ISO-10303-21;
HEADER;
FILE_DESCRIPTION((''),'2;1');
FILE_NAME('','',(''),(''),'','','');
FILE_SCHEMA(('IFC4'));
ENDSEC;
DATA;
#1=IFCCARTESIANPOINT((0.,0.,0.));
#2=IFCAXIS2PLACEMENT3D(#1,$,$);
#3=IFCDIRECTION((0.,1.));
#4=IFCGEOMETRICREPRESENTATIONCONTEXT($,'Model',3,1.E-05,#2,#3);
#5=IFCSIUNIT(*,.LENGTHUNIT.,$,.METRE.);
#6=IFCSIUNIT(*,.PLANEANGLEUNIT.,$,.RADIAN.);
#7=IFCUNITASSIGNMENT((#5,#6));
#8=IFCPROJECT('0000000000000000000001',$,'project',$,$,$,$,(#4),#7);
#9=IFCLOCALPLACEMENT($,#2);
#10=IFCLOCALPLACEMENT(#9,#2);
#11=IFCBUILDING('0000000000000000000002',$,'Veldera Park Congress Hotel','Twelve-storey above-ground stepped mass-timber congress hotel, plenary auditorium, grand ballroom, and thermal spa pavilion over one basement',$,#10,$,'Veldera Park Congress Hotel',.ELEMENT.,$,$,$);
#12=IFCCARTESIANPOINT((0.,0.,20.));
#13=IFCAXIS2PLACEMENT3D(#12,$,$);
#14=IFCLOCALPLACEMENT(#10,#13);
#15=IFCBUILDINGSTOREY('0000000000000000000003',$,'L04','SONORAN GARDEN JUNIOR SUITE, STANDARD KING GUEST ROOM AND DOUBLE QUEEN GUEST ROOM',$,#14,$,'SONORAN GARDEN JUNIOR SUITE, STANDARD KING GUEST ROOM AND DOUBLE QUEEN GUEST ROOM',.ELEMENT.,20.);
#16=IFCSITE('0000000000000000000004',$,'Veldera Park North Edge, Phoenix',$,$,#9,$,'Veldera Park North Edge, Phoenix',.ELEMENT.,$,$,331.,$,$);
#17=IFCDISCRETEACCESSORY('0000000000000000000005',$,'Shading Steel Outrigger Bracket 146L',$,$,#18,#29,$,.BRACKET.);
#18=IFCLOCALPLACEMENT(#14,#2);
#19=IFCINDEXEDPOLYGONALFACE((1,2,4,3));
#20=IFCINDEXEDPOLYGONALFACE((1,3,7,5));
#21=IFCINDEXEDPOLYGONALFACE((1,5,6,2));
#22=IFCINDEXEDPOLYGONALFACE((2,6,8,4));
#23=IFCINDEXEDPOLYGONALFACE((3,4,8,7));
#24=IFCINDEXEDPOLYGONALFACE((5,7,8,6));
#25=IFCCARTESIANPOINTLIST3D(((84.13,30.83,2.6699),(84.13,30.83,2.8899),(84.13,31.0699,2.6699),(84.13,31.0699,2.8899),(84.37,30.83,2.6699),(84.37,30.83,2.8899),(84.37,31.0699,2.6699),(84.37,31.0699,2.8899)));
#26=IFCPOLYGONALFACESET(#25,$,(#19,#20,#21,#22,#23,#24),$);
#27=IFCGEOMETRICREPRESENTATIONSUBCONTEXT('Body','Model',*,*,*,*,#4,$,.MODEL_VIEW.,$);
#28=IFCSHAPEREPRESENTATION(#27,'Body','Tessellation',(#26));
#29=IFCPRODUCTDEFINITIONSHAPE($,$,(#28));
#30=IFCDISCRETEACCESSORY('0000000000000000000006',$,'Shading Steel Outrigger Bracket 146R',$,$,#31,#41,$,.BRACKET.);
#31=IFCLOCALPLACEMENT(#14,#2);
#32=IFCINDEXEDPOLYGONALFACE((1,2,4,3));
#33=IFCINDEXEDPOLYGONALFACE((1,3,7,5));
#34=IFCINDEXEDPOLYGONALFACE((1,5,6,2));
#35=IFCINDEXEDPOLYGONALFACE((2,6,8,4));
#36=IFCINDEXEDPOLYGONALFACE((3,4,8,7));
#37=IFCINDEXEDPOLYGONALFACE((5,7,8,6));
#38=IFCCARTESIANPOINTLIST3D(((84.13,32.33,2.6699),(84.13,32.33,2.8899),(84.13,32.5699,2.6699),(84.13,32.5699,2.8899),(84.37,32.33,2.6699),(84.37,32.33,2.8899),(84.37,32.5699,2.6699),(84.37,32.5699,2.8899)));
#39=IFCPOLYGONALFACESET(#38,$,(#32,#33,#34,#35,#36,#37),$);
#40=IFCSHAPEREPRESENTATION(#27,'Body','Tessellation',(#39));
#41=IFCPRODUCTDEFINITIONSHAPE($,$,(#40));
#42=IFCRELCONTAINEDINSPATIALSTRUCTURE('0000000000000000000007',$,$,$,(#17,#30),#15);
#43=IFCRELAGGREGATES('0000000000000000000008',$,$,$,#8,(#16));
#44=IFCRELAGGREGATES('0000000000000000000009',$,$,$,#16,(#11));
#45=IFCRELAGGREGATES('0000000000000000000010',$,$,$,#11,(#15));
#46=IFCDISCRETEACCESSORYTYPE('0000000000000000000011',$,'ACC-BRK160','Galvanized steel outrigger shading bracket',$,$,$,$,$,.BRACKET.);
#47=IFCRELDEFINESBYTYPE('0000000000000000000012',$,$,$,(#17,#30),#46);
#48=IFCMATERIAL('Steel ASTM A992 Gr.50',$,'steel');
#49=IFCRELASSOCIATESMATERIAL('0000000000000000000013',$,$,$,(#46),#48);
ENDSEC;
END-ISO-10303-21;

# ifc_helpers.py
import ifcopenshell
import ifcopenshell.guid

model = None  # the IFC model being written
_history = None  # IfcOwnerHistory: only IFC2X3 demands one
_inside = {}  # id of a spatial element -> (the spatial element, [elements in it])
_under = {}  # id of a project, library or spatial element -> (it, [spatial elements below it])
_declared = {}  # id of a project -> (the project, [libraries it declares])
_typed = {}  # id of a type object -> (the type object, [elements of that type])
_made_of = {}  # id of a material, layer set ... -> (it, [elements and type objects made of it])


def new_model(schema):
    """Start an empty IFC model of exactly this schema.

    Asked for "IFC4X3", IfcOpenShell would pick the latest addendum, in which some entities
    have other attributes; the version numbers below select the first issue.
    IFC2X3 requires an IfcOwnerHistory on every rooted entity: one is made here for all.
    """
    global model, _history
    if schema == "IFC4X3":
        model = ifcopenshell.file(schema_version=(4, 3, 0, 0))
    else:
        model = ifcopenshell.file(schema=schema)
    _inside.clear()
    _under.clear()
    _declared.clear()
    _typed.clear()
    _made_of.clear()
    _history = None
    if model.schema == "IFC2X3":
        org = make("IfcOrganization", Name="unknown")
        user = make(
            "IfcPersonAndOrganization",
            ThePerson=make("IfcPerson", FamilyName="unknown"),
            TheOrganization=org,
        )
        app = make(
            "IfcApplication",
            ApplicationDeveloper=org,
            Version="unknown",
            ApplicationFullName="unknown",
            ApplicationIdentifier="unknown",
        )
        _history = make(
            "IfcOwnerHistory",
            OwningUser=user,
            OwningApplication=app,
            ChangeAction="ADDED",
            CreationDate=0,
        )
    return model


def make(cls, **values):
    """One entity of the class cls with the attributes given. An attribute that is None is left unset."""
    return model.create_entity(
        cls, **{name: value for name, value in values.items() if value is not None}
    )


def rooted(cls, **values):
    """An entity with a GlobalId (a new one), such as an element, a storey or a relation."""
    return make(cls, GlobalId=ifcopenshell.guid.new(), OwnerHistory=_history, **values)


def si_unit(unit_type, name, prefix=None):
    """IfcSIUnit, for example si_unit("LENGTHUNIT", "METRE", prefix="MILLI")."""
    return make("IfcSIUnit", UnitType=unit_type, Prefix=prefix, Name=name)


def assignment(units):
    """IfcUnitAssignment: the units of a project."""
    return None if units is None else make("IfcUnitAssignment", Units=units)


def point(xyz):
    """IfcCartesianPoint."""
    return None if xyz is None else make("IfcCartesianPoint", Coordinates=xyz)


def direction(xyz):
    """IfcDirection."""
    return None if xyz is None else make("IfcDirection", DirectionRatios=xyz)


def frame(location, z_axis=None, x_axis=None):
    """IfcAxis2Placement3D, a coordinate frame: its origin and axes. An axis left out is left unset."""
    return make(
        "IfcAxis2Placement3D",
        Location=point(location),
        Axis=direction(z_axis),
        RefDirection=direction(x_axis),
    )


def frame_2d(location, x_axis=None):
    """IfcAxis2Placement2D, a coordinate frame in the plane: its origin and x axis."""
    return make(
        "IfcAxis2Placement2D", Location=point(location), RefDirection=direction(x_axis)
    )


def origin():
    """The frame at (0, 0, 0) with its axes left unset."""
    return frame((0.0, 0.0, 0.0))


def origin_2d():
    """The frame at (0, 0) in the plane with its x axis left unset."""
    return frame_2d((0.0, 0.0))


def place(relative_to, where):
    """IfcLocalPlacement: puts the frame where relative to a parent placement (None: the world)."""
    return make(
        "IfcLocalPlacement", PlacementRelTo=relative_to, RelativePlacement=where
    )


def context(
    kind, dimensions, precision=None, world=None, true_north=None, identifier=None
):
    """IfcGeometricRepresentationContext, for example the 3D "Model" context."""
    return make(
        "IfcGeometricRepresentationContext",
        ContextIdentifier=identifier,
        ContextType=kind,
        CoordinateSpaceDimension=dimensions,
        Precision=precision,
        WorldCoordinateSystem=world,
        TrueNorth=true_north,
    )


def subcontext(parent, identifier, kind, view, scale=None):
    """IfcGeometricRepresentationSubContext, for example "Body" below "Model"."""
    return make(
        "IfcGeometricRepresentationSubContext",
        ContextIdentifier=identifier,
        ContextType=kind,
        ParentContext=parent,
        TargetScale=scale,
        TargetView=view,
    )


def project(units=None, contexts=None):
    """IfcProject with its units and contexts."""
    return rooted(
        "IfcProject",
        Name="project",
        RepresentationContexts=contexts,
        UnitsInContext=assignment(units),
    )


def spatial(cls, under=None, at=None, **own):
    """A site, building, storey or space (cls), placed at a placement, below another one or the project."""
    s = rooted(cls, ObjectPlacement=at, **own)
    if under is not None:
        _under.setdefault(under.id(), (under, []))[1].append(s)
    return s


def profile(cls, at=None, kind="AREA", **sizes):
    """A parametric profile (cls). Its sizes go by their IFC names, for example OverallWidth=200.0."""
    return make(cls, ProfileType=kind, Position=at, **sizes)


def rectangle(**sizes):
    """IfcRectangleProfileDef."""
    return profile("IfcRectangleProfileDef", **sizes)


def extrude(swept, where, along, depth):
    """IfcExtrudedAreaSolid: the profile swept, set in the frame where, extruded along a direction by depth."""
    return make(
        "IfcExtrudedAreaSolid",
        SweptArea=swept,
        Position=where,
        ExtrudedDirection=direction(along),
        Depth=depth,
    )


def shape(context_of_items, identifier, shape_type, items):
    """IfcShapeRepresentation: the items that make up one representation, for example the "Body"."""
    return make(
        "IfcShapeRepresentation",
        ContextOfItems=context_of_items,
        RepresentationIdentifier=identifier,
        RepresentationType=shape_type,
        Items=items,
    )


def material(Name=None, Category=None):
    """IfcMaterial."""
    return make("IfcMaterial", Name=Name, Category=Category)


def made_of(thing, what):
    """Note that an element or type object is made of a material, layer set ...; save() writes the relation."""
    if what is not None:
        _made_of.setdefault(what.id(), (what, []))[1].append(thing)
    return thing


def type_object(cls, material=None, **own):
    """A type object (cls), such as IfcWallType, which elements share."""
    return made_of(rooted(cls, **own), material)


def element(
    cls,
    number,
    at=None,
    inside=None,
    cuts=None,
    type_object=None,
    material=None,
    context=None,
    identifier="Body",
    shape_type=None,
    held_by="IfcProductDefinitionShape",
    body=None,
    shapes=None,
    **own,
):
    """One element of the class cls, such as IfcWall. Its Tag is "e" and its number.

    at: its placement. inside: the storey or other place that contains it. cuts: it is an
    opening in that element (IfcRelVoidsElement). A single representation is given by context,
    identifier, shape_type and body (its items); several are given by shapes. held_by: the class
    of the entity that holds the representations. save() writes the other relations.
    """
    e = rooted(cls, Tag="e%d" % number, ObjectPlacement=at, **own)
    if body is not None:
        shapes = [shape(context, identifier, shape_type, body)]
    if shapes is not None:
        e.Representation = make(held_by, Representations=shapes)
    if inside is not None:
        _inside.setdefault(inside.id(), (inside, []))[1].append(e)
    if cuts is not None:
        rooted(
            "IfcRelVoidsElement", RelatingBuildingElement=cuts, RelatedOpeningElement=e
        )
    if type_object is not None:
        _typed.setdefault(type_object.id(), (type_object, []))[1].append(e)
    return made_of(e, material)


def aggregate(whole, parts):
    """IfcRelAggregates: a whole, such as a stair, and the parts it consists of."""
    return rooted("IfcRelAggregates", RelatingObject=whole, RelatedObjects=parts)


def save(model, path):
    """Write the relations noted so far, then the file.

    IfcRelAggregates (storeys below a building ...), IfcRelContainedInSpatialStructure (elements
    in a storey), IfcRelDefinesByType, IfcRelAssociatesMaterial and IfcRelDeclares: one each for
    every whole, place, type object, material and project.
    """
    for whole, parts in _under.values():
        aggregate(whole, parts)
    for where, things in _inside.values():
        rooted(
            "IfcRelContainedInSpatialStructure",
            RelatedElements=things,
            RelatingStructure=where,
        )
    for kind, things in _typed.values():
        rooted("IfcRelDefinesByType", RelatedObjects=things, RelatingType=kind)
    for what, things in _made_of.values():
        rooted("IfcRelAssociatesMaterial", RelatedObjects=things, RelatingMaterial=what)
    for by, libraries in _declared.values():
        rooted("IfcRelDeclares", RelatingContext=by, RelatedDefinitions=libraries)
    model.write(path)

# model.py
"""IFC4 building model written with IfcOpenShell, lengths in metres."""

from ifc_helpers import new_model, si_unit, direction, frame, origin, origin_2d, place, context, subcontext, project, spatial, rectangle, extrude, material, type_object, element, save


model = new_model("IFC4")

# Units and contexts
model_context = context("Model", 3, precision=1e-05, world=origin(), true_north=direction((0.0, 1.0)))
body_context = subcontext(model_context, "Body", "Model", "MODEL_VIEW")
ifc_project = project(units=[si_unit("LENGTHUNIT", "METRE"), si_unit("PLANEANGLEUNIT", "RADIAN")], contexts=[model_context])

# Site, building, storey
site_placement = place(None, origin())
site = spatial("IfcSite", under=ifc_project, at=site_placement, Name="Veldera Park North Edge, Phoenix", LongName="Veldera Park North Edge, Phoenix", CompositionType="ELEMENT", RefElevation=331.0)
building_placement = place(site_placement, origin())
building = spatial("IfcBuilding", under=site, at=building_placement, Name="Veldera Park Congress Hotel", Description="Twelve-storey above-ground stepped mass-timber congress hotel, plenary auditorium, grand ballroom, and thermal spa pavilion over one basement", LongName="Veldera Park Congress Hotel", CompositionType="ELEMENT")
storey_placement = place(building_placement, frame((0.0, 0.0, 20.0)))
storey = spatial("IfcBuildingStorey", under=building, at=storey_placement, Name="L04", Description="SONORAN GARDEN JUNIOR SUITE, STANDARD KING GUEST ROOM AND DOUBLE QUEEN GUEST ROOM", LongName="SONORAN GARDEN JUNIOR SUITE, STANDARD KING GUEST ROOM AND DOUBLE QUEEN GUEST ROOM", CompositionType="ELEMENT", Elevation=20.0)

# Discrete accessories
ifc_material_1 = material(Name="Steel ASTM A992 Gr.50", Category="steel")
discrete_accessory_type = type_object("IfcDiscreteAccessoryType", Name="ACC-BRK160", Description="Galvanized steel outrigger shading bracket", PredefinedType="BRACKET", material=ifc_material_1)
for number, where, z_axis, x_axis, name in (
    (1, (84.25, 30.95, 2.6699), (0.0, 0.0, 1.0), (0.0, 1.0, 0.0), "Shading Steel Outrigger Bracket 146L"),
    (2, (84.25, 32.45, 2.6699), (0.0, 0.0, 1.0), (0.0, 1.0, 0.0), "Shading Steel Outrigger Bracket 146R"),
):
    element("IfcDiscreteAccessory", number, at=place(storey_placement, frame(where, z_axis=z_axis, x_axis=x_axis)), inside=storey, type_object=discrete_accessory_type, Name=name, PredefinedType="BRACKET", context=body_context, shape_type="SweptSolid", body=[
        extrude(rectangle(XDim=0.24, YDim=0.24, at=origin_2d()), origin(), (0.0, 0.0, 1.0), 0.22),
    ])

save(model, "model.ifc")
